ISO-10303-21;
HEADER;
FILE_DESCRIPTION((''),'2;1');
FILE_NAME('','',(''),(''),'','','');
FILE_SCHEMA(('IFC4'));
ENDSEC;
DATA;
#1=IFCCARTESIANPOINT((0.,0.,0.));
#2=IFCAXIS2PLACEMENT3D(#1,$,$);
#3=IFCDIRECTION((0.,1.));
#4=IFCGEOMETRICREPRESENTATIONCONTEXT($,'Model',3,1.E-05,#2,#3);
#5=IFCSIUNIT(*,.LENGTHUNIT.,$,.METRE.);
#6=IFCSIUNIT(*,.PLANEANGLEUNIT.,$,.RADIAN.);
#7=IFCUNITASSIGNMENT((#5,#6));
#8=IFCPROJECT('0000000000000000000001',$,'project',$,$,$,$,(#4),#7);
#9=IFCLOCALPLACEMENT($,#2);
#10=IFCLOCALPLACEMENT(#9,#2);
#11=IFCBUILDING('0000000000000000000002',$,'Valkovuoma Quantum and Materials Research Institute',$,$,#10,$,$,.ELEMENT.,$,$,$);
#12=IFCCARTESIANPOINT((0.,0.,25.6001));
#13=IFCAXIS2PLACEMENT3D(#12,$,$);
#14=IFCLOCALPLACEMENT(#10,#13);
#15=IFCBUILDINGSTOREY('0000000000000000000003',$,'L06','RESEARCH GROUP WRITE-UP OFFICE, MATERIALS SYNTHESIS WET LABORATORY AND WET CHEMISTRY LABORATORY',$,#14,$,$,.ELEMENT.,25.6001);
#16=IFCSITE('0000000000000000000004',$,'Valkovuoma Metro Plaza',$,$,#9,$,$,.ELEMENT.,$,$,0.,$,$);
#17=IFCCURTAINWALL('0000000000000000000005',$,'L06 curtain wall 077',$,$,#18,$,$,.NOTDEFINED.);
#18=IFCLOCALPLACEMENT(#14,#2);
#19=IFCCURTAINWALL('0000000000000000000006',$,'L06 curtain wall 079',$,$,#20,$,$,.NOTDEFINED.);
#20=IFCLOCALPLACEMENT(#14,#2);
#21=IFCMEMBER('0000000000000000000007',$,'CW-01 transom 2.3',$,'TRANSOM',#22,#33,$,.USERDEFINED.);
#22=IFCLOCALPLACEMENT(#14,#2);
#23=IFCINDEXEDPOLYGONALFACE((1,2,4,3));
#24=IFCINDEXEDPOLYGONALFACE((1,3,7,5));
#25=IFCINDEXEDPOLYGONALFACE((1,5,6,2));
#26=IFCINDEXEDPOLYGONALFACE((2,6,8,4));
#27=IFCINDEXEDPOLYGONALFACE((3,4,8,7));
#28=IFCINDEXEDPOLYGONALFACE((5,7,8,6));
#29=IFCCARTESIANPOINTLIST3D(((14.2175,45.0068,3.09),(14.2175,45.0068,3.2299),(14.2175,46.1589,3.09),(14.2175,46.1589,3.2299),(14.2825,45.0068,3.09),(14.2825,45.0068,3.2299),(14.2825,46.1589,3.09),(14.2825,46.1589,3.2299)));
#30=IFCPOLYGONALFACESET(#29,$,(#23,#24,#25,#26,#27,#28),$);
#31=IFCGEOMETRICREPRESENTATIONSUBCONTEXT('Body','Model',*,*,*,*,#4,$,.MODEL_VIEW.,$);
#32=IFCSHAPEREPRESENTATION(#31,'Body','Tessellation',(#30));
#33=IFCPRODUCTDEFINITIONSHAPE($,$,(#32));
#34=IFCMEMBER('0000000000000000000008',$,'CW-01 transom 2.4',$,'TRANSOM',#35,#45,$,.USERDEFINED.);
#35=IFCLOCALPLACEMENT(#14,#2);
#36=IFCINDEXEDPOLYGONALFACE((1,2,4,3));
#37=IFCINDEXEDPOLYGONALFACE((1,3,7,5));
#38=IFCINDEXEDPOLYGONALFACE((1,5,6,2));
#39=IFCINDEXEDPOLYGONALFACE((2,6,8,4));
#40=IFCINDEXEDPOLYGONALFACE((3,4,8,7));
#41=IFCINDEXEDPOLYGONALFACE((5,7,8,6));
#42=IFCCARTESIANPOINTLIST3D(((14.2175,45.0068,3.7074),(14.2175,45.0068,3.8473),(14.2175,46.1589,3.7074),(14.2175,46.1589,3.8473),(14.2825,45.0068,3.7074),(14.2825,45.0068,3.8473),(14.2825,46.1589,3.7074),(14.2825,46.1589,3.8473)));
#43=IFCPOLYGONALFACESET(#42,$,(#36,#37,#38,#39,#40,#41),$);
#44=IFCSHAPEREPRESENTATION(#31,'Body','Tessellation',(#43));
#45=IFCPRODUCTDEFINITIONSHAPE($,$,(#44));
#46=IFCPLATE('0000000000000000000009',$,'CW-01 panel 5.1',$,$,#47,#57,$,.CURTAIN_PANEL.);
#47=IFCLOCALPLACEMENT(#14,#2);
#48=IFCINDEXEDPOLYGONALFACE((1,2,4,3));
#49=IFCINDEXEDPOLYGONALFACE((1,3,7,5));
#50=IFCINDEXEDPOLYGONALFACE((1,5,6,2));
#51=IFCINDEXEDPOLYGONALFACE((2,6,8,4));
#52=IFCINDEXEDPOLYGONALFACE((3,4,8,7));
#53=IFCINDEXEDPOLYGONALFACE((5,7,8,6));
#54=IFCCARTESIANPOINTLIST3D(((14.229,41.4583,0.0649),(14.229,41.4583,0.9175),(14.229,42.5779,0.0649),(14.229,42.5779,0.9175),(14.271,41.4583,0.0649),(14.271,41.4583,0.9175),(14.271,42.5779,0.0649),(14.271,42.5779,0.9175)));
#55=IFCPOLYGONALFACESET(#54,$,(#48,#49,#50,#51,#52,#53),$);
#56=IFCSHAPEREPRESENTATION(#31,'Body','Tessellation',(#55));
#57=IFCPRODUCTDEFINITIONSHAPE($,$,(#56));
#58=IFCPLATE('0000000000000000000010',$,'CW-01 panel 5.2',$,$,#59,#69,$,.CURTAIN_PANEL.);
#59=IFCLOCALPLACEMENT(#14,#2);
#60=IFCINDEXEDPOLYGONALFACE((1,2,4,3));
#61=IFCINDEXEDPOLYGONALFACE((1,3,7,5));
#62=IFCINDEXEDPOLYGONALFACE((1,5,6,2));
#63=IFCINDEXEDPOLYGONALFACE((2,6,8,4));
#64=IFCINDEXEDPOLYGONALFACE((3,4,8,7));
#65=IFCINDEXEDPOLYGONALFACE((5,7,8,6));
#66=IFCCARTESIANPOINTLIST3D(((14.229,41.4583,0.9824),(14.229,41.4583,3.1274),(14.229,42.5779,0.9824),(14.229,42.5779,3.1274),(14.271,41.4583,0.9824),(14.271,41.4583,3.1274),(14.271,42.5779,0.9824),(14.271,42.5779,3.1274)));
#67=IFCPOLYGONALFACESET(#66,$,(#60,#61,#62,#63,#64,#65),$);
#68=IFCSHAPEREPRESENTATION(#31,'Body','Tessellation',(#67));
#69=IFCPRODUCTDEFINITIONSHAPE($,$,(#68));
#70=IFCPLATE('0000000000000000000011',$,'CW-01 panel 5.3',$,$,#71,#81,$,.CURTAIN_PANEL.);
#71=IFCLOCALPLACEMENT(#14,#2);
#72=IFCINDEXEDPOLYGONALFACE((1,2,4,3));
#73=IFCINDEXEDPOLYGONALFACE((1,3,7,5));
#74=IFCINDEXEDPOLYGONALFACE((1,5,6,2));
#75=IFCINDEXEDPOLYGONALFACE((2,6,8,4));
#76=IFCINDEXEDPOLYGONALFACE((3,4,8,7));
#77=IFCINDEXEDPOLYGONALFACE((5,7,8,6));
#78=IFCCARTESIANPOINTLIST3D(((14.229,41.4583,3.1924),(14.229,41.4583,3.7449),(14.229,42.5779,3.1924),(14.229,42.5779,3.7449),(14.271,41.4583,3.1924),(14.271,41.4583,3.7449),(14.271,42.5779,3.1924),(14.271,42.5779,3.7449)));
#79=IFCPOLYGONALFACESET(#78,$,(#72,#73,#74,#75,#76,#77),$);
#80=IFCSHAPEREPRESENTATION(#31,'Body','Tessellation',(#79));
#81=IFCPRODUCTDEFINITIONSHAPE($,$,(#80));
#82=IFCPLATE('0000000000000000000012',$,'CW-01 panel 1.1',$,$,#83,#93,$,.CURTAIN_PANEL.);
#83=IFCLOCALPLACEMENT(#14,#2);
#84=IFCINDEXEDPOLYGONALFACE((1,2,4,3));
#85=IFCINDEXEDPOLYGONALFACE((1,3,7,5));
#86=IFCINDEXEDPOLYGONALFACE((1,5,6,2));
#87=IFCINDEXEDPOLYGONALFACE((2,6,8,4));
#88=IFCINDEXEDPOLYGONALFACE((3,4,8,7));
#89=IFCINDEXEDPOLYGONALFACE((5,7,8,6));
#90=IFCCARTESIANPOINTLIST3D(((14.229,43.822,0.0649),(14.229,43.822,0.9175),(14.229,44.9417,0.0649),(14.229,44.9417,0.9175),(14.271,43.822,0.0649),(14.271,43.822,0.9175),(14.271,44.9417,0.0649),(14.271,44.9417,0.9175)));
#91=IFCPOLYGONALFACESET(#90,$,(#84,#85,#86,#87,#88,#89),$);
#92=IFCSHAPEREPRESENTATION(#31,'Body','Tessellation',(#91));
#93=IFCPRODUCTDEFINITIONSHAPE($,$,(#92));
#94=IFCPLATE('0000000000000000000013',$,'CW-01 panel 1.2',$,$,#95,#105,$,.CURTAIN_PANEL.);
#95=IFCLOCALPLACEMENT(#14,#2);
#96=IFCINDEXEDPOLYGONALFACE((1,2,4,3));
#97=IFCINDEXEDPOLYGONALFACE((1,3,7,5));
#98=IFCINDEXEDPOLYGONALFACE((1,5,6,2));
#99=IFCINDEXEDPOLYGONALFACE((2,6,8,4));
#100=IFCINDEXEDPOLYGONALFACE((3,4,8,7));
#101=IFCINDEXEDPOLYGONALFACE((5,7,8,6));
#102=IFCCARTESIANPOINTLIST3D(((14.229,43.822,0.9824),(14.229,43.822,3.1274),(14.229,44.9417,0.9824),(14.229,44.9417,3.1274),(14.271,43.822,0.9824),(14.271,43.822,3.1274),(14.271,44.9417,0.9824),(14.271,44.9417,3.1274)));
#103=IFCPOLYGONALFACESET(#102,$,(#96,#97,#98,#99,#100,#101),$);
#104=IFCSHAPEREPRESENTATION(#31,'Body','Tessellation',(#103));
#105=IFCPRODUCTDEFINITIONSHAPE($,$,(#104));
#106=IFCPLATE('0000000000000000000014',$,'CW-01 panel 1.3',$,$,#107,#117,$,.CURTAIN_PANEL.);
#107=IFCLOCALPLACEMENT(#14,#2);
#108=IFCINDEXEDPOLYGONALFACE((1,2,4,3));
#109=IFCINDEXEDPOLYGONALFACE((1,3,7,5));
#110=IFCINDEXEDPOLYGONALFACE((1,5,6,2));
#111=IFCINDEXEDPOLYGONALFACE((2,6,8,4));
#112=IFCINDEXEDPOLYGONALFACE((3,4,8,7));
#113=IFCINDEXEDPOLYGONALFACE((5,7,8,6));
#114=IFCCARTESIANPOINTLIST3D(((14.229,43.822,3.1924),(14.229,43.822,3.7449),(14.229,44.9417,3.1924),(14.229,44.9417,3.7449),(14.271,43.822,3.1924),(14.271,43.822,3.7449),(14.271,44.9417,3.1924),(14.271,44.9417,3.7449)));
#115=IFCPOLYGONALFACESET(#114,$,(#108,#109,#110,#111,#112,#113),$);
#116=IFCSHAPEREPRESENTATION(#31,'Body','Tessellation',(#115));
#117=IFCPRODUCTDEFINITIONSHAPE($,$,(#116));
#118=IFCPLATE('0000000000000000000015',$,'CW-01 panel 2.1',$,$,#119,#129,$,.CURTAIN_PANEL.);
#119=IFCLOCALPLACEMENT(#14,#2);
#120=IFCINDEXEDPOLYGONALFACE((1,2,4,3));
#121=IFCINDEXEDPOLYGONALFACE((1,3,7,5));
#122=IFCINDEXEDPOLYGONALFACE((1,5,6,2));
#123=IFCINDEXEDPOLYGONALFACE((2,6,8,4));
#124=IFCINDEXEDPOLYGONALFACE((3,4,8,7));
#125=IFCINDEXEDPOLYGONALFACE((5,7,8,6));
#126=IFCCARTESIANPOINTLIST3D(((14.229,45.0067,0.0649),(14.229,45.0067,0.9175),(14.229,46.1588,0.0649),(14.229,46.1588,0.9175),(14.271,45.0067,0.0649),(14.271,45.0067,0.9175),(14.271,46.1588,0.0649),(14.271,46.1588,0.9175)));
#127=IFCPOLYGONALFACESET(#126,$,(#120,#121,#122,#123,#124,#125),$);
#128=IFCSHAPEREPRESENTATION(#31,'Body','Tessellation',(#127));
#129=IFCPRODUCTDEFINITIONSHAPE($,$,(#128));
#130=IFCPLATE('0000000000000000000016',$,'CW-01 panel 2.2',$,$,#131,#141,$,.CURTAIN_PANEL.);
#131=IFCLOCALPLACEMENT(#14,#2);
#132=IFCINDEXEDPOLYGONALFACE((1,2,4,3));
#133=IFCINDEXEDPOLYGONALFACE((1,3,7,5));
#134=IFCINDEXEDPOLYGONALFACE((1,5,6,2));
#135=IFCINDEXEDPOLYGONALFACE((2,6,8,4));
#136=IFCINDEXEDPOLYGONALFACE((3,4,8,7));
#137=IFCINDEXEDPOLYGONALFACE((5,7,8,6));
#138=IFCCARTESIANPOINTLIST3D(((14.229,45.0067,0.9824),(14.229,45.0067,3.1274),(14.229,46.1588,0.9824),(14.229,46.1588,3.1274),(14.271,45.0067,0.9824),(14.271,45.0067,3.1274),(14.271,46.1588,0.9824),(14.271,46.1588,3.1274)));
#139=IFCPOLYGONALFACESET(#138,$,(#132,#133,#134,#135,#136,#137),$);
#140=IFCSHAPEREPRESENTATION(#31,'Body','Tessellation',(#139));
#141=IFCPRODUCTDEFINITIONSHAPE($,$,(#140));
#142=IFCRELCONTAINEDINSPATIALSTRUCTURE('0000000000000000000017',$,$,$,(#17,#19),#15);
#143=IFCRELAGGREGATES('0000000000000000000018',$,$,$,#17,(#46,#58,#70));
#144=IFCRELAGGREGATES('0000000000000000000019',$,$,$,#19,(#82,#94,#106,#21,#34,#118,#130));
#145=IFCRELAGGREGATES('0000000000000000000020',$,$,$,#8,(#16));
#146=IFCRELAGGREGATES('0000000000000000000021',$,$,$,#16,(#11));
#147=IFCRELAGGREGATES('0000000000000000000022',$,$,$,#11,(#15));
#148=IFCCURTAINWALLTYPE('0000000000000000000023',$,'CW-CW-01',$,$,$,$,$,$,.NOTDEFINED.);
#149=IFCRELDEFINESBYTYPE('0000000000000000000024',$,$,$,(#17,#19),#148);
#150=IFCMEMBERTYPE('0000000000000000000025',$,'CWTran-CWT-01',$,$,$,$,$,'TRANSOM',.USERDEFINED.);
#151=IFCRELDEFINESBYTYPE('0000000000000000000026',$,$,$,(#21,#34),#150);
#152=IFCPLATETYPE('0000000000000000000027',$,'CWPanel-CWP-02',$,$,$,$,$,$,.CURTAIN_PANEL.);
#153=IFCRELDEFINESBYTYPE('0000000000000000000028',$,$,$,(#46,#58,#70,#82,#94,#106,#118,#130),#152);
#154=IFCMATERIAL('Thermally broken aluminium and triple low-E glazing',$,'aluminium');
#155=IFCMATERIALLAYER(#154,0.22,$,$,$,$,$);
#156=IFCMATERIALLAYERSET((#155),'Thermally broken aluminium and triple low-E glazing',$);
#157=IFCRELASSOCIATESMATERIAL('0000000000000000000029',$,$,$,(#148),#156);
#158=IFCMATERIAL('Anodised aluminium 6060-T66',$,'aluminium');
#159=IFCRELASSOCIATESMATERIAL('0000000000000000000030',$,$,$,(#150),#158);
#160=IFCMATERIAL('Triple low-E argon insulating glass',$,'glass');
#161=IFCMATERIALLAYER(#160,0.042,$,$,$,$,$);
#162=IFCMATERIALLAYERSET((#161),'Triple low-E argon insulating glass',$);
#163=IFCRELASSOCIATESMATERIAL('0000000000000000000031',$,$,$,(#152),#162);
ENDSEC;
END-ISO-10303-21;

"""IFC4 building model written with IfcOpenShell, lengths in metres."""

from ifc_helpers import new_model, si_unit, direction, frame, origin, origin_2d, place, context, subcontext, project, spatial, rectangle, extrude, material, layer, layer_set, material_profile, profile_set, type_object, element, aggregate, save


model = new_model("IFC4")

# Units and contexts
model_context = context("Model", 3, precision=1e-05, world=origin(), true_north=direction((0.0, 1.0)))
body_context = subcontext(model_context, "Body", "Model", "MODEL_VIEW")
ifc_project = project(units=[si_unit("LENGTHUNIT", "METRE"), si_unit("PLANEANGLEUNIT", "RADIAN")], contexts=[model_context])

# Site, building, storey
site_placement = place(None, origin())
site = spatial("IfcSite", under=ifc_project, at=site_placement, Name="Valkovuoma Metro Plaza", CompositionType="ELEMENT", RefElevation=0.0)
building_placement = place(site_placement, origin())
building = spatial("IfcBuilding", under=site, at=building_placement, Name="Valkovuoma Quantum and Materials Research Institute", CompositionType="ELEMENT")
storey_placement = place(building_placement, frame((0.0, 0.0, 25.6001)))
storey = spatial("IfcBuildingStorey", under=building, at=storey_placement, Name="L06", Description="RESEARCH GROUP WRITE-UP OFFICE, MATERIALS SYNTHESIS WET LABORATORY AND WET CHEMISTRY LABORATORY", CompositionType="ELEMENT", Elevation=25.6001)

# Curtain wall
ifc_material_1 = material(Name="Thermally broken aluminium and triple low-E glazing", Category="aluminium")
ifc_layer_1 = layer(ifc_material_1, 0.22)
ifc_layer_set_1 = layer_set([ifc_layer_1], Name="Thermally broken aluminium and triple low-E glazing")
curtain_wall_type = type_object("IfcCurtainWallType", Name="CW-CW-01", PredefinedType="NOTDEFINED", material=ifc_layer_set_1)
curtain_wall_1_placement = place(storey_placement, origin())
curtain_wall_1 = element("IfcCurtainWall", 1, at=curtain_wall_1_placement, inside=storey, type_object=curtain_wall_type, Name="L06 curtain wall 077", PredefinedType="NOTDEFINED")

# Curtain wall
curtain_wall_2_placement = place(storey_placement, origin())
curtain_wall_2 = element("IfcCurtainWall", 2, at=curtain_wall_2_placement, inside=storey, type_object=curtain_wall_type, Name="L06 curtain wall 079", PredefinedType="NOTDEFINED")

# Members
ifc_material_2 = material(Name="Anodised aluminium 6060-T66", Category="aluminium")
ifc_material_profile_1 = material_profile(ifc_material_2, rectangle(XDim=0.0649, YDim=0.1399, at=origin_2d()), Name="Anodised aluminium 6060-T66")
ifc_profile_set_1 = profile_set([ifc_material_profile_1], Name="Anodised aluminium 6060-T66")
member_type_1 = type_object("IfcMemberType", Name="CWTran-CWT-01", ElementType="TRANSOM", PredefinedType="USERDEFINED", material=ifc_profile_set_1)
member_1_placement = place(storey_placement, frame((14.25, 45.0068, 3.1599), z_axis=(0.0, 1.0, 0.0), x_axis=(-1.0, 0.0, 0.0)))
member_1 = element("IfcMember", 3, at=member_1_placement, type_object=member_type_1, Name="CW-01 transom 2.3", ObjectType="TRANSOM", PredefinedType="USERDEFINED", context=body_context, shape_type="SweptSolid", body=[
    extrude(rectangle(XDim=0.0649, YDim=0.1399, at=origin_2d()), origin(), (0.0, 0.0, 1.0), 1.1521),
])
member_2_placement = place(storey_placement, frame((14.25, 45.0068, 3.7773), z_axis=(0.0, 1.0, 0.0), x_axis=(-1.0, 0.0, 0.0)))
member_2 = element("IfcMember", 4, at=member_2_placement, type_object=member_type_1, Name="CW-01 transom 2.4", ObjectType="TRANSOM", PredefinedType="USERDEFINED", context=body_context, shape_type="SweptSolid", body=[
    extrude(rectangle(XDim=0.0649, YDim=0.1399, at=origin_2d()), origin(), (0.0, 0.0, 1.0), 1.1521),
])

# Plates
ifc_material_3 = material(Name="Triple low-E argon insulating glass", Category="glass")
ifc_layer_2 = layer(ifc_material_3, 0.042)
ifc_layer_set_2 = layer_set([ifc_layer_2], Name="Triple low-E argon insulating glass")
plate_type = type_object("IfcPlateType", Name="CWPanel-CWP-02", PredefinedType="CURTAIN_PANEL", material=ifc_layer_set_2)
plate_1_placement = place(storey_placement, frame((14.25, 42.0181, 0.0649), z_axis=(0.0, 0.0, 1.0), x_axis=(0.0, 1.0, 0.0)))
plate_1 = element("IfcPlate", 5, at=plate_1_placement, type_object=plate_type, Name="CW-01 panel 5.1", PredefinedType="CURTAIN_PANEL", context=body_context, shape_type="SweptSolid", body=[
    extrude(rectangle(XDim=1.1196, YDim=0.042, at=origin_2d()), origin(), (0.0, 0.0, 1.0), 0.8525),
])
plate_2_placement = place(storey_placement, frame((14.25, 42.0181, 0.9824), z_axis=(0.0, 0.0, 1.0), x_axis=(0.0, 1.0, 0.0)))
plate_2 = element("IfcPlate", 6, at=plate_2_placement, type_object=plate_type, Name="CW-01 panel 5.2", PredefinedType="CURTAIN_PANEL", context=body_context, shape_type="SweptSolid", body=[
    extrude(rectangle(XDim=1.1196, YDim=0.042, at=origin_2d()), origin(), (0.0, 0.0, 1.0), 2.145),
])
plate_3_placement = place(storey_placement, frame((14.25, 42.0181, 3.1924), z_axis=(0.0, 0.0, 1.0), x_axis=(0.0, 1.0, 0.0)))
plate_3 = element("IfcPlate", 7, at=plate_3_placement, type_object=plate_type, Name="CW-01 panel 5.3", PredefinedType="CURTAIN_PANEL", context=body_context, shape_type="SweptSolid", body=[
    extrude(rectangle(XDim=1.1196, YDim=0.042, at=origin_2d()), origin(), (0.0, 0.0, 1.0), 0.5525),
])
aggregate(curtain_wall_1, [plate_1, plate_2, plate_3])
plate_4_placement = place(storey_placement, frame((14.25, 44.3818, 0.0649), z_axis=(0.0, 0.0, 1.0), x_axis=(0.0, 1.0, 0.0)))
plate_4 = element("IfcPlate", 8, at=plate_4_placement, type_object=plate_type, Name="CW-01 panel 1.1", PredefinedType="CURTAIN_PANEL", context=body_context, shape_type="SweptSolid", body=[
    extrude(rectangle(XDim=1.1196, YDim=0.042, at=origin_2d()), origin(), (0.0, 0.0, 1.0), 0.8525),
])
plate_5_placement = place(storey_placement, frame((14.25, 44.3818, 0.9824), z_axis=(0.0, 0.0, 1.0), x_axis=(0.0, 1.0, 0.0)))
plate_5 = element("IfcPlate", 9, at=plate_5_placement, type_object=plate_type, Name="CW-01 panel 1.2", PredefinedType="CURTAIN_PANEL", context=body_context, shape_type="SweptSolid", body=[
    extrude(rectangle(XDim=1.1196, YDim=0.042, at=origin_2d()), origin(), (0.0, 0.0, 1.0), 2.145),
])
plate_6_placement = place(storey_placement, frame((14.25, 44.3818, 3.1924), z_axis=(0.0, 0.0, 1.0), x_axis=(0.0, 1.0, 0.0)))
plate_6 = element("IfcPlate", 10, at=plate_6_placement, type_object=plate_type, Name="CW-01 panel 1.3", PredefinedType="CURTAIN_PANEL", context=body_context, shape_type="SweptSolid", body=[
    extrude(rectangle(XDim=1.1196, YDim=0.042, at=origin_2d()), origin(), (0.0, 0.0, 1.0), 0.5525),
])
plate_7_placement = place(storey_placement, frame((14.25, 45.5828, 0.0649), z_axis=(0.0, 0.0, 1.0), x_axis=(0.0, 1.0, 0.0)))
plate_7 = element("IfcPlate", 11, at=plate_7_placement, type_object=plate_type, Name="CW-01 panel 2.1", PredefinedType="CURTAIN_PANEL", context=body_context, shape_type="SweptSolid", body=[
    extrude(rectangle(XDim=1.1521, YDim=0.042, at=origin_2d()), origin(), (0.0, 0.0, 1.0), 0.8525),
])
plate_8_placement = place(storey_placement, frame((14.25, 45.5828, 0.9824), z_axis=(0.0, 0.0, 1.0), x_axis=(0.0, 1.0, 0.0)))
plate_8 = element("IfcPlate", 12, at=plate_8_placement, type_object=plate_type, Name="CW-01 panel 2.2", PredefinedType="CURTAIN_PANEL", context=body_context, shape_type="SweptSolid", body=[
    extrude(rectangle(XDim=1.1521, YDim=0.042, at=origin_2d()), origin(), (0.0, 0.0, 1.0), 2.145),
])
aggregate(curtain_wall_2, [plate_4, plate_5, plate_6, member_1, member_2, plate_7, plate_8])

save(model, "model.ifc")
